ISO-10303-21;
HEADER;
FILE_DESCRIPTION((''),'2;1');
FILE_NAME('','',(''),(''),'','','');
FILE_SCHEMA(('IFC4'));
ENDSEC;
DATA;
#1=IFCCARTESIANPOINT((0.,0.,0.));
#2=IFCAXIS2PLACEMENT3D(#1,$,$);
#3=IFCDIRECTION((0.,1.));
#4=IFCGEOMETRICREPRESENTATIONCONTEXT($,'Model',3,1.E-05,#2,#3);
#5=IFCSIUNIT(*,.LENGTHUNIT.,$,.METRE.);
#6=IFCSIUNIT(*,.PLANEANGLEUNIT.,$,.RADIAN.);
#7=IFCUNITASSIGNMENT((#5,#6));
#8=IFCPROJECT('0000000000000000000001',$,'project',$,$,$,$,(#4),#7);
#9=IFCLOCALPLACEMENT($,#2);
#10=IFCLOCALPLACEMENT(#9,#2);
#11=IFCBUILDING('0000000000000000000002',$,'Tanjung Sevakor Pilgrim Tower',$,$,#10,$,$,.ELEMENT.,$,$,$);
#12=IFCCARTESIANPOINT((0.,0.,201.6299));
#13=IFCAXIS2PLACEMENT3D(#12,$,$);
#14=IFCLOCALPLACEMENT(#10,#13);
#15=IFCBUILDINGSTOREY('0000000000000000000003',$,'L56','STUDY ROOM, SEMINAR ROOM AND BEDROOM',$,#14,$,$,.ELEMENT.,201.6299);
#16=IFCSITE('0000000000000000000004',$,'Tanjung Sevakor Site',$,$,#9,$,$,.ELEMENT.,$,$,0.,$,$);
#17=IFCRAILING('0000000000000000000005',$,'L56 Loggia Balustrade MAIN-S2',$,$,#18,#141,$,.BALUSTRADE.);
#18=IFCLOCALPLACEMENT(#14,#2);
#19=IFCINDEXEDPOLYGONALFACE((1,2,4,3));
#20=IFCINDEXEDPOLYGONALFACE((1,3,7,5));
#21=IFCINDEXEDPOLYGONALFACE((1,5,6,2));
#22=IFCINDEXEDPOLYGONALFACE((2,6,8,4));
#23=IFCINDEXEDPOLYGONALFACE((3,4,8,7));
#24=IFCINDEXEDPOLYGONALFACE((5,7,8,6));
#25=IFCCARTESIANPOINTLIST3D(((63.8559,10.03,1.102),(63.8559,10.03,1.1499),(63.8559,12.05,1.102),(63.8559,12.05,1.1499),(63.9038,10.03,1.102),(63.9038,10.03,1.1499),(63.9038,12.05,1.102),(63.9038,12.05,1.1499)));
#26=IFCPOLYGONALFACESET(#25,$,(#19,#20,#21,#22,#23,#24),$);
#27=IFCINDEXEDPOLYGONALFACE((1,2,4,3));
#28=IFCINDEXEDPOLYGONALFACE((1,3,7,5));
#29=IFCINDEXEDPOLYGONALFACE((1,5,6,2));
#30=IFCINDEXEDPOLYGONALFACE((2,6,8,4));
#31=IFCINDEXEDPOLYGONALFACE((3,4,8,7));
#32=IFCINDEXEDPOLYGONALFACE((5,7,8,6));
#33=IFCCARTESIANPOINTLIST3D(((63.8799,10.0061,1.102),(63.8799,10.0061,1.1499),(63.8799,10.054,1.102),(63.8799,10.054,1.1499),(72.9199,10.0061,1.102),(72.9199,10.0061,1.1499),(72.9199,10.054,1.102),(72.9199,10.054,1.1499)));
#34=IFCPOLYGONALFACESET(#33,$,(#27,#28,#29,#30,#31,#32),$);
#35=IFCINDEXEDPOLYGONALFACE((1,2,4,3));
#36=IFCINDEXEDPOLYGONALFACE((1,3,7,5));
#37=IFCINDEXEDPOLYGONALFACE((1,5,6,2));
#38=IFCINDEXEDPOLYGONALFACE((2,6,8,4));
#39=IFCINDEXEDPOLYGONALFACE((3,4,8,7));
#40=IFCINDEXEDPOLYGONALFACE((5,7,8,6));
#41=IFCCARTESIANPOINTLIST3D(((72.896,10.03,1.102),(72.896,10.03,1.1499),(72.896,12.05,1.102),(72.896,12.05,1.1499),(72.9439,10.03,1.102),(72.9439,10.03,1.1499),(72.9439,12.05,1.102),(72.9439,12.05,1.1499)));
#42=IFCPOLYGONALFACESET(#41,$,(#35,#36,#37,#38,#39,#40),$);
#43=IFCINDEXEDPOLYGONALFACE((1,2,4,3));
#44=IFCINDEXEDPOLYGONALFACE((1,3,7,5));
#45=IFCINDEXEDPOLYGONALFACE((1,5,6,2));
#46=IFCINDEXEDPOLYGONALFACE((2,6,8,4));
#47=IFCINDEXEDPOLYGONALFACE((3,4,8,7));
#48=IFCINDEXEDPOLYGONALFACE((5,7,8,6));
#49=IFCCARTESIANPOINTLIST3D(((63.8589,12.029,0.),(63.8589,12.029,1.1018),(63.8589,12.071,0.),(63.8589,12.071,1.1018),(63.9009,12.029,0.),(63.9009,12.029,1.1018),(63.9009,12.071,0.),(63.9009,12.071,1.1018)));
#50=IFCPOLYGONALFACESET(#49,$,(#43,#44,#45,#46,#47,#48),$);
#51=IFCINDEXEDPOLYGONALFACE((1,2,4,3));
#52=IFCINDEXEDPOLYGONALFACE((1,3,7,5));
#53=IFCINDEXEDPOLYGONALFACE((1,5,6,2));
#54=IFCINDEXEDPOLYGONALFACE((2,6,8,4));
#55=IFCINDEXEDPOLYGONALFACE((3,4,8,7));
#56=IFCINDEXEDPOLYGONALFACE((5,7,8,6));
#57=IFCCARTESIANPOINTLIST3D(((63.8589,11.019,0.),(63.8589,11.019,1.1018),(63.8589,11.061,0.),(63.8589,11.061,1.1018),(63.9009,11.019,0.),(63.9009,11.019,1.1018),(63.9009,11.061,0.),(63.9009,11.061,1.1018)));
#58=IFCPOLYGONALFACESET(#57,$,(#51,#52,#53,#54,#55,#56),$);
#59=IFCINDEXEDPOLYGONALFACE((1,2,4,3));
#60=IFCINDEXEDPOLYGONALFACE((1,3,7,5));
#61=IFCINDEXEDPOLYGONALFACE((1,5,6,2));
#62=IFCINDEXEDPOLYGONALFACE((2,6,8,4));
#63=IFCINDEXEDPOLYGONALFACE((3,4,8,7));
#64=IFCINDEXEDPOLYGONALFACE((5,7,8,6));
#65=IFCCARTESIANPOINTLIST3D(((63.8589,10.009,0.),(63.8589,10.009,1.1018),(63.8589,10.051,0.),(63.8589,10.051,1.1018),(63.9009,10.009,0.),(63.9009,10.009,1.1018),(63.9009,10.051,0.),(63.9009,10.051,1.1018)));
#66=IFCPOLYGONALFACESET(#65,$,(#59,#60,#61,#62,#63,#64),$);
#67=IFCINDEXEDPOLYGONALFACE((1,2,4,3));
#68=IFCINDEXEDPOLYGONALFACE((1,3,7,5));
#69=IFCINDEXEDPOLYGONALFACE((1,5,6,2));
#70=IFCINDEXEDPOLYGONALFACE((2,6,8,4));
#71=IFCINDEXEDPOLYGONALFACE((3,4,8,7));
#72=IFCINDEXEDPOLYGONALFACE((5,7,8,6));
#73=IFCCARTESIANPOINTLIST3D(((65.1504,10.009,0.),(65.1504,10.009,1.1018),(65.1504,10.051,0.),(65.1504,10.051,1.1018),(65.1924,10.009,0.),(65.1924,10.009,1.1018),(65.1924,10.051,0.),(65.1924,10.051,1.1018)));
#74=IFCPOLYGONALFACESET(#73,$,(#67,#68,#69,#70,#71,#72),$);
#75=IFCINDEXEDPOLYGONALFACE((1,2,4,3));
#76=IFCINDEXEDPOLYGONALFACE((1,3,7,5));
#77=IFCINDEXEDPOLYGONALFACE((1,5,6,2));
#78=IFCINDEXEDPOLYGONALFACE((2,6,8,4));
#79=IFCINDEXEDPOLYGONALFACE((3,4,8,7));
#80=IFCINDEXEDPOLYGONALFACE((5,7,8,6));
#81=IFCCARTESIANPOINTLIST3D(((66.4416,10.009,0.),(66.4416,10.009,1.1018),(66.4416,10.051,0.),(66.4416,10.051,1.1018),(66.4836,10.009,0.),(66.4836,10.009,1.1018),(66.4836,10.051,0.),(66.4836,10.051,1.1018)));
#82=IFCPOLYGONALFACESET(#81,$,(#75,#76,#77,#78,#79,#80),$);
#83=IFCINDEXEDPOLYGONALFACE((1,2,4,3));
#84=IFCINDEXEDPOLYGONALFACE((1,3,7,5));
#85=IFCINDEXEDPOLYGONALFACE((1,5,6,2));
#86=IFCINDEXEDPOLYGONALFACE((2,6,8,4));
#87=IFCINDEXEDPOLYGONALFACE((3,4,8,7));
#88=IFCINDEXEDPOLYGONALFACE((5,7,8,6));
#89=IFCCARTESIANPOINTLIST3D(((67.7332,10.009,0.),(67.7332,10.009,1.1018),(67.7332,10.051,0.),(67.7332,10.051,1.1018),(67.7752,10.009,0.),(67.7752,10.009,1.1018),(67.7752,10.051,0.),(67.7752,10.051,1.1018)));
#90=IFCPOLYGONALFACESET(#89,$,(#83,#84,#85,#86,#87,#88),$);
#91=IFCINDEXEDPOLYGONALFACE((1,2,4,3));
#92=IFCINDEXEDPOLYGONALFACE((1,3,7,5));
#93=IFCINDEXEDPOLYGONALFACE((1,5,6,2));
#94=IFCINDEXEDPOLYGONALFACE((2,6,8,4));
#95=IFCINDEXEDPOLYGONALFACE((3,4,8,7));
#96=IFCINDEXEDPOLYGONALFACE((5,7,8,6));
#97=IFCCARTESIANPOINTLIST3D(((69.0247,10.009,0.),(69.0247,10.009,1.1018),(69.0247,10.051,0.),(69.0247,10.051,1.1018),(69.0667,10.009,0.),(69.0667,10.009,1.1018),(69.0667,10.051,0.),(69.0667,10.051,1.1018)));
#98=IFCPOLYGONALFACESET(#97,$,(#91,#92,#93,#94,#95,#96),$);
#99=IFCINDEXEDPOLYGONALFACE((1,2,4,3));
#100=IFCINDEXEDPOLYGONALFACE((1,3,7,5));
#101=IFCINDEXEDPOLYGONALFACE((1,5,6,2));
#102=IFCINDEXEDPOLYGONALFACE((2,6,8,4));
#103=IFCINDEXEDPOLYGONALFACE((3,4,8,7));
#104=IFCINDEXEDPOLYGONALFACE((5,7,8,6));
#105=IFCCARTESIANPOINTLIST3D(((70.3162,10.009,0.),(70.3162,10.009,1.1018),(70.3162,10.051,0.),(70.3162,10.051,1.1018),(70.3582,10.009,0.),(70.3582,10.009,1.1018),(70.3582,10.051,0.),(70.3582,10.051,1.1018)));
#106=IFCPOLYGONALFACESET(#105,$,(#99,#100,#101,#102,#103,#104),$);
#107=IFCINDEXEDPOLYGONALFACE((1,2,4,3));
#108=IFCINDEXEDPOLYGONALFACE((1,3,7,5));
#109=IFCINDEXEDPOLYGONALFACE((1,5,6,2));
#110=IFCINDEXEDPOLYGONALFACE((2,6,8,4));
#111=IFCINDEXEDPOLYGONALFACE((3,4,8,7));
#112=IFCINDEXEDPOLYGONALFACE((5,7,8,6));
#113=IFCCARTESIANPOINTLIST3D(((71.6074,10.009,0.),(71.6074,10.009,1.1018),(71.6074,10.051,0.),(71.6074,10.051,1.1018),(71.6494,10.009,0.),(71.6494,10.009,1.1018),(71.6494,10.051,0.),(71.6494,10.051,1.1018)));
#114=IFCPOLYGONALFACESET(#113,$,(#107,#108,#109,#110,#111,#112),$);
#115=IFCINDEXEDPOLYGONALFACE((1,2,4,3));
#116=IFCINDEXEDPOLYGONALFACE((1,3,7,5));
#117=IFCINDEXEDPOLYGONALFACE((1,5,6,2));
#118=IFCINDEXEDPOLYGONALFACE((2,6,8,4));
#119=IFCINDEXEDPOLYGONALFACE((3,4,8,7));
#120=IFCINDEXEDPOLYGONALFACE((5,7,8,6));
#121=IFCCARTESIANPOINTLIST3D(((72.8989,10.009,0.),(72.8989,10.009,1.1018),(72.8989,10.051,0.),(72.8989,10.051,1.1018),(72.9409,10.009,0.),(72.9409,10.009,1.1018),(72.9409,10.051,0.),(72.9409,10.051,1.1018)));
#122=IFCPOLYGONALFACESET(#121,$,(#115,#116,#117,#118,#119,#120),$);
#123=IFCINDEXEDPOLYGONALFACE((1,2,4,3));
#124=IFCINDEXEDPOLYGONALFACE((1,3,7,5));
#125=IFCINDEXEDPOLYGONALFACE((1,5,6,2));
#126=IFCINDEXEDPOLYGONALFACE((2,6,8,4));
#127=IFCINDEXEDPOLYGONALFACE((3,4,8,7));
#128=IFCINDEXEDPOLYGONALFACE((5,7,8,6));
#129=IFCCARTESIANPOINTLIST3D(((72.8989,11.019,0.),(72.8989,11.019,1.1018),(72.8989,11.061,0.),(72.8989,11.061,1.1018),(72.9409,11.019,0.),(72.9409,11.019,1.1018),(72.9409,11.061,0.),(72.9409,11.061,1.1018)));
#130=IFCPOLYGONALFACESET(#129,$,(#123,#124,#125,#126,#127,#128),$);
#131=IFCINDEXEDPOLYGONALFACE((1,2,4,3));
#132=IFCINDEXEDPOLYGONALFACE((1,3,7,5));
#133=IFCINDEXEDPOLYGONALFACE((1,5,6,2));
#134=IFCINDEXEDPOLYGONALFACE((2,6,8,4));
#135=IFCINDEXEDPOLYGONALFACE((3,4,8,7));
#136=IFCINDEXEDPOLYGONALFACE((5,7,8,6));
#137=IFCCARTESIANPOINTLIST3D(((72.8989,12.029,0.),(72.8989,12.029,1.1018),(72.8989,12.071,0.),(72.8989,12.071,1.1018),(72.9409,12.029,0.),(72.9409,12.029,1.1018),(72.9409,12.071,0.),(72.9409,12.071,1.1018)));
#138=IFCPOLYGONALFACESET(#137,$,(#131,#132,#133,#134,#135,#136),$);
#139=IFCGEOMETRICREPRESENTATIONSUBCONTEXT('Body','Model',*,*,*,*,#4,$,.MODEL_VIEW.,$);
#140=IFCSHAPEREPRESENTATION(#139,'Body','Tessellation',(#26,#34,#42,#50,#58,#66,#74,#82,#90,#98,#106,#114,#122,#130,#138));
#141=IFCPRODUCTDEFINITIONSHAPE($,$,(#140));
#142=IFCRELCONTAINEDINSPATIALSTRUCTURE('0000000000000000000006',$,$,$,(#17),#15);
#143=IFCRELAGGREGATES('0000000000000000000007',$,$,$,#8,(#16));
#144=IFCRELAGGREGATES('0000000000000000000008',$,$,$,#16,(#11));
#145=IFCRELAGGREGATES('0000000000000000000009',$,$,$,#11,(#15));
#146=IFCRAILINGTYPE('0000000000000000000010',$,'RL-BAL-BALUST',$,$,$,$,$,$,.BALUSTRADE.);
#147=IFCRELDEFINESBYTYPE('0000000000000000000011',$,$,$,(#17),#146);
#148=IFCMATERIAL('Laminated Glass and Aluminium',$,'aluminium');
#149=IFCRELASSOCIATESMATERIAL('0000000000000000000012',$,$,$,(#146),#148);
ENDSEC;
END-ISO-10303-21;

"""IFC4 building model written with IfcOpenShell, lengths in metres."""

from ifc_helpers import new_model, si_unit, direction, frame, origin, place, context, subcontext, project, spatial, rectangle, extrude, material, type_object, element, save


model = new_model("IFC4")

# Units and contexts
model_context = context("Model", 3, precision=1e-05, world=origin(), true_north=direction((0.0, 1.0)))
body_context = subcontext(model_context, "Body", "Model", "MODEL_VIEW")
ifc_project = project(units=[si_unit("LENGTHUNIT", "METRE"), si_unit("PLANEANGLEUNIT", "RADIAN")], contexts=[model_context])

# Site, building, storey
site_placement = place(None, origin())
site = spatial("IfcSite", under=ifc_project, at=site_placement, Name="Tanjung Sevakor Site", CompositionType="ELEMENT", RefElevation=0.0)
building_placement = place(site_placement, origin())
building = spatial("IfcBuilding", under=site, at=building_placement, Name="Tanjung Sevakor Pilgrim Tower", CompositionType="ELEMENT")
storey_placement = place(building_placement, frame((0.0, 0.0, 201.6299)))
storey = spatial("IfcBuildingStorey", under=building, at=storey_placement, Name="L56", Description="STUDY ROOM, SEMINAR ROOM AND BEDROOM", CompositionType="ELEMENT", Elevation=201.6299)

# Railing
ifc_material_1 = material(Name="Laminated Glass and Aluminium", Category="aluminium")
railing_type = type_object("IfcRailingType", Name="RL-BAL-BALUST", PredefinedType="BALUSTRADE", material=ifc_material_1)
railing_placement = place(storey_placement, frame((63.8799, 12.05, 0.0)))
element("IfcRailing", 1, at=railing_placement, inside=storey, type_object=railing_type, Name="L56 Loggia Balustrade MAIN-S2", PredefinedType="BALUSTRADE", context=body_context, shape_type="SweptSolid", body=[
    extrude(rectangle(XDim=0.0479, YDim=0.0479), frame((0.0, 0.0, 1.126), z_axis=(0.0, -1.0, 0.0), x_axis=(1.0, 0.0, 0.0)), (0.0, 0.0, 1.0), 2.02),
    extrude(rectangle(XDim=0.0479, YDim=0.0479), frame((0.0, -2.02, 1.126), z_axis=(1.0, 0.0, 0.0), x_axis=(0.0, 1.0, 0.0)), (0.0, 0.0, 1.0), 9.04),
    extrude(rectangle(XDim=0.0479, YDim=0.0479), frame((9.04, -2.02, 1.126), z_axis=(0.0, 1.0, 0.0), x_axis=(-1.0, 0.0, 0.0)), (0.0, 0.0, 1.0), 2.02),
    extrude(rectangle(XDim=0.042, YDim=0.042), origin(), (0.0, 0.0, 1.0), 1.1018),
    extrude(rectangle(XDim=0.042, YDim=0.042), frame((0.0, -1.01, 0.0)), (0.0, 0.0, 1.0), 1.1018),
    extrude(rectangle(XDim=0.042, YDim=0.042), frame((0.0, -2.02, 0.0)), (0.0, 0.0, 1.0), 1.1018),
    extrude(rectangle(XDim=0.042, YDim=0.042), frame((1.2915, -2.02, 0.0)), (0.0, 0.0, 1.0), 1.1018),
    extrude(rectangle(XDim=0.042, YDim=0.042), frame((2.5828, -2.02, 0.0)), (0.0, 0.0, 1.0), 1.1018),
    extrude(rectangle(XDim=0.042, YDim=0.042), frame((3.8743, -2.02, 0.0)), (0.0, 0.0, 1.0), 1.1018),
    extrude(rectangle(XDim=0.042, YDim=0.042), frame((5.1658, -2.02, 0.0)), (0.0, 0.0, 1.0), 1.1018),
    extrude(rectangle(XDim=0.042, YDim=0.042), frame((6.4573, -2.02, 0.0)), (0.0, 0.0, 1.0), 1.1018),
    extrude(rectangle(XDim=0.042, YDim=0.042), frame((7.7485, -2.02, 0.0)), (0.0, 0.0, 1.0), 1.1018),
    extrude(rectangle(XDim=0.042, YDim=0.042), frame((9.04, -2.02, 0.0)), (0.0, 0.0, 1.0), 1.1018),
    extrude(rectangle(XDim=0.042, YDim=0.042), frame((9.04, -1.01, 0.0)), (0.0, 0.0, 1.0), 1.1018),
    extrude(rectangle(XDim=0.042, YDim=0.042), frame((9.04, 0.0, 0.0)), (0.0, 0.0, 1.0), 1.1018),
])

save(model, "model.ifc")
